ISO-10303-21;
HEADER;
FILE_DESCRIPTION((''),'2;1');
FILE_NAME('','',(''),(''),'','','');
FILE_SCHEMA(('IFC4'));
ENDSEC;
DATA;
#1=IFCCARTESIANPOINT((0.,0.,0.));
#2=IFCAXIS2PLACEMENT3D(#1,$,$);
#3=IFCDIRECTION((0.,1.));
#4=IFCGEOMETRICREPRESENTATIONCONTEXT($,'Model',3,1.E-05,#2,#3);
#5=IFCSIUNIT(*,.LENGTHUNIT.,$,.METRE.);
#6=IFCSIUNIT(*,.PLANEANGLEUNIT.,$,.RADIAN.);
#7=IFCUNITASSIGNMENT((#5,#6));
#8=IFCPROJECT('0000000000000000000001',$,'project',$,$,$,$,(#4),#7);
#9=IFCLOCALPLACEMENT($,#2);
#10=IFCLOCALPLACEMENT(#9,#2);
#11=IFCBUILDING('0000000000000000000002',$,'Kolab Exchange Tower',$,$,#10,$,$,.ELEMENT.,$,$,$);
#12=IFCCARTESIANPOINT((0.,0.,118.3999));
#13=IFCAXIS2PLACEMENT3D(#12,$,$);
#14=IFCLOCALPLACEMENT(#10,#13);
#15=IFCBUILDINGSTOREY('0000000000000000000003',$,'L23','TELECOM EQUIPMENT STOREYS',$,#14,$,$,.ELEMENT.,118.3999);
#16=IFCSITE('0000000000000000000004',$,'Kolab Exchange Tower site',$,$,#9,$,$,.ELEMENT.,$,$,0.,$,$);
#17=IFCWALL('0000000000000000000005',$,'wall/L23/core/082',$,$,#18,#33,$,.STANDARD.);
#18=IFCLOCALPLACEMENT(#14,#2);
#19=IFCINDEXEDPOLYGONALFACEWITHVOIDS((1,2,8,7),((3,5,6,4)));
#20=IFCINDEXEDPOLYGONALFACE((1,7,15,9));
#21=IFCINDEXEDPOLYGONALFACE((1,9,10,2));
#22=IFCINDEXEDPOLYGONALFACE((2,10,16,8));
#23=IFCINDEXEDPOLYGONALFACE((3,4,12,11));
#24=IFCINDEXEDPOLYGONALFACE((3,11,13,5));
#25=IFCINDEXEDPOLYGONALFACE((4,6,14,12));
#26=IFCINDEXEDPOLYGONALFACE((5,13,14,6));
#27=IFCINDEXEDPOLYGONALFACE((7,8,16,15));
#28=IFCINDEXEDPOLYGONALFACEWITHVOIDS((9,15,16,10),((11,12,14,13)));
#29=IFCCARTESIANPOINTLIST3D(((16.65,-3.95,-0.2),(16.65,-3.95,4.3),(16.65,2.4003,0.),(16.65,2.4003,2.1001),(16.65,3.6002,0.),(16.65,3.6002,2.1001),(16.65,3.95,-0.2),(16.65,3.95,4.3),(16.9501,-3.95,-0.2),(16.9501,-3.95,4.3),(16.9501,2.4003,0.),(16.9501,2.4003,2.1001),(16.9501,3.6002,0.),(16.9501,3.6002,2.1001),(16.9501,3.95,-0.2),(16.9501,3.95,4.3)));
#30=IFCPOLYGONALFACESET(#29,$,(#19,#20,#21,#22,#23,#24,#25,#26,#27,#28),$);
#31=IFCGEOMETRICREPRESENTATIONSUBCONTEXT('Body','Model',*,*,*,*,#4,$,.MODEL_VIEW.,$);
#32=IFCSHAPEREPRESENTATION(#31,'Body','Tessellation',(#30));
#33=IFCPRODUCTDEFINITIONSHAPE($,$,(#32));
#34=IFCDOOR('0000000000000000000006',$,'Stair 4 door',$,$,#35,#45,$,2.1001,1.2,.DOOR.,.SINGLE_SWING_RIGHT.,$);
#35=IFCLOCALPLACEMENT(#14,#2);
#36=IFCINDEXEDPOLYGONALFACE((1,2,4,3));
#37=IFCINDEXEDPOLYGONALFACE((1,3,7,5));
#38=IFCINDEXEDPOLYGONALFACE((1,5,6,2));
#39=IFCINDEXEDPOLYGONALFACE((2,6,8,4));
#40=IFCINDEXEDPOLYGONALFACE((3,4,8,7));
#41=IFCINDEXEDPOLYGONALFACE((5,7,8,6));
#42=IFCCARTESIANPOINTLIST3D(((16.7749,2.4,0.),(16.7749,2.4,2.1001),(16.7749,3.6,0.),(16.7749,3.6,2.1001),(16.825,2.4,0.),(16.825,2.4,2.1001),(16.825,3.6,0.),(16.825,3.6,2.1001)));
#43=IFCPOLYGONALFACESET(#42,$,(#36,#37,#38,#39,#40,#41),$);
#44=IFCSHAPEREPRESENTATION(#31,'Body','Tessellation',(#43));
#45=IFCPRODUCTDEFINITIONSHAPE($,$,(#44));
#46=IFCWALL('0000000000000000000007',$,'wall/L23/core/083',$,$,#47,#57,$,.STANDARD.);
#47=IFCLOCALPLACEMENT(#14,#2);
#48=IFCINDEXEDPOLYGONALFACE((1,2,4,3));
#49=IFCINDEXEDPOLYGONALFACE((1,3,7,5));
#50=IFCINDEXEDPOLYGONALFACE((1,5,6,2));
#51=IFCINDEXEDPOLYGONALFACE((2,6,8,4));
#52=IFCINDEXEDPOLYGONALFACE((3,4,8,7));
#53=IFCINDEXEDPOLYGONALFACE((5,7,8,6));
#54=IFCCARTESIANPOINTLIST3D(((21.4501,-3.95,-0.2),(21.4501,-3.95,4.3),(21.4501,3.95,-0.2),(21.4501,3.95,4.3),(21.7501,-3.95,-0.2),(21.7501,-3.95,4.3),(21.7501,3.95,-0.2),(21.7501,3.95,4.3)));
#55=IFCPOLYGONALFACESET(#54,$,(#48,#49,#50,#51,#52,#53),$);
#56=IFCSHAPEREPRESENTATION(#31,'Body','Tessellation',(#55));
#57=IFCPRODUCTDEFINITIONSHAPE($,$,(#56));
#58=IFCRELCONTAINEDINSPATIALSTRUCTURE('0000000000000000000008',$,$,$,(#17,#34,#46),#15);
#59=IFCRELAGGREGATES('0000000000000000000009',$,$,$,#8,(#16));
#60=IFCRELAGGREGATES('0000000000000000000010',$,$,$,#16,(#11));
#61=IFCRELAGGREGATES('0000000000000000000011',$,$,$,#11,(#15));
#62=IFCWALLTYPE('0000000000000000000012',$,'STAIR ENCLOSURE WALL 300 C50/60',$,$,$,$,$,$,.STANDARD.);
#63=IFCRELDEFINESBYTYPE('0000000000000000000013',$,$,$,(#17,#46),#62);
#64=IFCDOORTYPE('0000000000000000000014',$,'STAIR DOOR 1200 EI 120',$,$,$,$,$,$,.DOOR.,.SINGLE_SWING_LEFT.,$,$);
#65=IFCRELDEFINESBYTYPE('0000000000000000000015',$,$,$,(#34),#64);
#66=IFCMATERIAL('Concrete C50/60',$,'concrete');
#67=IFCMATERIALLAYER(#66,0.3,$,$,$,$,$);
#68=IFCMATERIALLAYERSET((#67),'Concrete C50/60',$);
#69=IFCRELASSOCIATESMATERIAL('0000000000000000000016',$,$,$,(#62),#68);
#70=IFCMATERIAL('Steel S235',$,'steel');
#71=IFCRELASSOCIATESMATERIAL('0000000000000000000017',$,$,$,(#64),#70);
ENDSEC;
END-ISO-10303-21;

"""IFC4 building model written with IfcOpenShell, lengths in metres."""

from ifc_helpers import new_model, si_unit, direction, frame, frame_2d, origin, place, context, subcontext, project, spatial, rectangle, extrude, material, layer, layer_set, type_object, element, fill, save


model = new_model("IFC4")

# Units and contexts
model_context = context("Model", 3, precision=1e-05, world=origin(), true_north=direction((0.0, 1.0)))
body_context = subcontext(model_context, "Body", "Model", "MODEL_VIEW")
ifc_project = project(units=[si_unit("LENGTHUNIT", "METRE"), si_unit("PLANEANGLEUNIT", "RADIAN")], contexts=[model_context])

# Site, building, storey
site_placement = place(None, origin())
site = spatial("IfcSite", under=ifc_project, at=site_placement, Name="Kolab Exchange Tower site", CompositionType="ELEMENT", RefElevation=0.0)
building_placement = place(site_placement, origin())
building = spatial("IfcBuilding", under=site, at=building_placement, Name="Kolab Exchange Tower", CompositionType="ELEMENT")
storey_placement = place(building_placement, frame((0.0, 0.0, 118.3999)))
storey = spatial("IfcBuildingStorey", under=building, at=storey_placement, Name="L23", Description="TELECOM EQUIPMENT STOREYS", CompositionType="ELEMENT", Elevation=118.3999)

# Shared definitions
ifc_material_1 = material(Name="Concrete C50/60", Category="concrete")
ifc_layer_1 = layer(ifc_material_1, 0.3)
ifc_layer_set_1 = layer_set([ifc_layer_1], Name="Concrete C50/60")
wall_type_1 = type_object("IfcWallType", Name="STAIR ENCLOSURE WALL 300 C50/60", PredefinedType="STANDARD", material=ifc_layer_set_1)

# Wall, opening, door
wall_1_placement = place(storey_placement, frame((16.8, -3.95, -0.2), z_axis=(0.0, 0.0, 1.0), x_axis=(0.0, 1.0, 0.0)))
wall_1 = element("IfcWall", 1, at=wall_1_placement, inside=storey, type_object=wall_type_1, Name="wall/L23/core/082", PredefinedType="STANDARD", context=body_context, shape_type="SweptSolid", body=[
    extrude(rectangle(XDim=7.8999, YDim=0.3, at=frame_2d((3.95, 0.0))), origin(), (0.0, 0.0, 1.0), 4.5),
])
opening_1_placement = place(wall_1_placement, frame((6.3501, 0.0, 0.2)))
opening_1 = element("IfcOpeningElement", 2, at=opening_1_placement, cuts=wall_1, PredefinedType="OPENING", context=body_context, shape_type="SweptSolid", body=[
    extrude(rectangle(XDim=1.2, YDim=2.1001, at=frame_2d((0.6001, 1.05))), frame((0.0, 0.1602, 0.0), z_axis=(0.0, -1.0, 0.0), x_axis=(1.0, 0.0, 0.0)), (0.0, 0.0, 1.0), 0.3201),
])
ifc_material_2 = material(Name="Steel S235", Category="steel")
door_type_1 = type_object("IfcDoorType", Name="STAIR DOOR 1200 EI 120", OperationType="SINGLE_SWING_LEFT", PredefinedType="DOOR", material=ifc_material_2)
door_1_placement = place(opening_1_placement, frame((1.2, 0.0, 0.0), z_axis=(0.0, 0.0, 1.0), x_axis=(-1.0, 0.0, 0.0)))
door_1 = element("IfcDoor", 3, at=door_1_placement, inside=storey, type_object=door_type_1, Name="Stair 4 door", OperationType="SINGLE_SWING_RIGHT", OverallHeight=2.1001, OverallWidth=1.2, PredefinedType="DOOR", context=body_context, shape_type="SweptSolid", body=[
    extrude(rectangle(XDim=1.2, YDim=2.1001, at=frame_2d((0.6001, 1.05))), frame((0.0, 0.0249, 0.0), z_axis=(0.0, -1.0, 0.0), x_axis=(1.0, 0.0, 0.0)), (0.0, 0.0, 1.0), 0.05),
])
fill(opening_1, door_1)

# Wall
wall_2_placement = place(storey_placement, frame((21.6001, -3.95, -0.2), z_axis=(0.0, 0.0, 1.0), x_axis=(0.0, 1.0, 0.0)))
element("IfcWall", 4, at=wall_2_placement, inside=storey, type_object=wall_type_1, Name="wall/L23/core/083", PredefinedType="STANDARD", context=body_context, shape_type="SweptSolid", body=[
    extrude(rectangle(XDim=7.8999, YDim=0.3, at=frame_2d((3.95, 0.0))), origin(), (0.0, 0.0, 1.0), 4.5),
])

save(model, "model.ifc")
